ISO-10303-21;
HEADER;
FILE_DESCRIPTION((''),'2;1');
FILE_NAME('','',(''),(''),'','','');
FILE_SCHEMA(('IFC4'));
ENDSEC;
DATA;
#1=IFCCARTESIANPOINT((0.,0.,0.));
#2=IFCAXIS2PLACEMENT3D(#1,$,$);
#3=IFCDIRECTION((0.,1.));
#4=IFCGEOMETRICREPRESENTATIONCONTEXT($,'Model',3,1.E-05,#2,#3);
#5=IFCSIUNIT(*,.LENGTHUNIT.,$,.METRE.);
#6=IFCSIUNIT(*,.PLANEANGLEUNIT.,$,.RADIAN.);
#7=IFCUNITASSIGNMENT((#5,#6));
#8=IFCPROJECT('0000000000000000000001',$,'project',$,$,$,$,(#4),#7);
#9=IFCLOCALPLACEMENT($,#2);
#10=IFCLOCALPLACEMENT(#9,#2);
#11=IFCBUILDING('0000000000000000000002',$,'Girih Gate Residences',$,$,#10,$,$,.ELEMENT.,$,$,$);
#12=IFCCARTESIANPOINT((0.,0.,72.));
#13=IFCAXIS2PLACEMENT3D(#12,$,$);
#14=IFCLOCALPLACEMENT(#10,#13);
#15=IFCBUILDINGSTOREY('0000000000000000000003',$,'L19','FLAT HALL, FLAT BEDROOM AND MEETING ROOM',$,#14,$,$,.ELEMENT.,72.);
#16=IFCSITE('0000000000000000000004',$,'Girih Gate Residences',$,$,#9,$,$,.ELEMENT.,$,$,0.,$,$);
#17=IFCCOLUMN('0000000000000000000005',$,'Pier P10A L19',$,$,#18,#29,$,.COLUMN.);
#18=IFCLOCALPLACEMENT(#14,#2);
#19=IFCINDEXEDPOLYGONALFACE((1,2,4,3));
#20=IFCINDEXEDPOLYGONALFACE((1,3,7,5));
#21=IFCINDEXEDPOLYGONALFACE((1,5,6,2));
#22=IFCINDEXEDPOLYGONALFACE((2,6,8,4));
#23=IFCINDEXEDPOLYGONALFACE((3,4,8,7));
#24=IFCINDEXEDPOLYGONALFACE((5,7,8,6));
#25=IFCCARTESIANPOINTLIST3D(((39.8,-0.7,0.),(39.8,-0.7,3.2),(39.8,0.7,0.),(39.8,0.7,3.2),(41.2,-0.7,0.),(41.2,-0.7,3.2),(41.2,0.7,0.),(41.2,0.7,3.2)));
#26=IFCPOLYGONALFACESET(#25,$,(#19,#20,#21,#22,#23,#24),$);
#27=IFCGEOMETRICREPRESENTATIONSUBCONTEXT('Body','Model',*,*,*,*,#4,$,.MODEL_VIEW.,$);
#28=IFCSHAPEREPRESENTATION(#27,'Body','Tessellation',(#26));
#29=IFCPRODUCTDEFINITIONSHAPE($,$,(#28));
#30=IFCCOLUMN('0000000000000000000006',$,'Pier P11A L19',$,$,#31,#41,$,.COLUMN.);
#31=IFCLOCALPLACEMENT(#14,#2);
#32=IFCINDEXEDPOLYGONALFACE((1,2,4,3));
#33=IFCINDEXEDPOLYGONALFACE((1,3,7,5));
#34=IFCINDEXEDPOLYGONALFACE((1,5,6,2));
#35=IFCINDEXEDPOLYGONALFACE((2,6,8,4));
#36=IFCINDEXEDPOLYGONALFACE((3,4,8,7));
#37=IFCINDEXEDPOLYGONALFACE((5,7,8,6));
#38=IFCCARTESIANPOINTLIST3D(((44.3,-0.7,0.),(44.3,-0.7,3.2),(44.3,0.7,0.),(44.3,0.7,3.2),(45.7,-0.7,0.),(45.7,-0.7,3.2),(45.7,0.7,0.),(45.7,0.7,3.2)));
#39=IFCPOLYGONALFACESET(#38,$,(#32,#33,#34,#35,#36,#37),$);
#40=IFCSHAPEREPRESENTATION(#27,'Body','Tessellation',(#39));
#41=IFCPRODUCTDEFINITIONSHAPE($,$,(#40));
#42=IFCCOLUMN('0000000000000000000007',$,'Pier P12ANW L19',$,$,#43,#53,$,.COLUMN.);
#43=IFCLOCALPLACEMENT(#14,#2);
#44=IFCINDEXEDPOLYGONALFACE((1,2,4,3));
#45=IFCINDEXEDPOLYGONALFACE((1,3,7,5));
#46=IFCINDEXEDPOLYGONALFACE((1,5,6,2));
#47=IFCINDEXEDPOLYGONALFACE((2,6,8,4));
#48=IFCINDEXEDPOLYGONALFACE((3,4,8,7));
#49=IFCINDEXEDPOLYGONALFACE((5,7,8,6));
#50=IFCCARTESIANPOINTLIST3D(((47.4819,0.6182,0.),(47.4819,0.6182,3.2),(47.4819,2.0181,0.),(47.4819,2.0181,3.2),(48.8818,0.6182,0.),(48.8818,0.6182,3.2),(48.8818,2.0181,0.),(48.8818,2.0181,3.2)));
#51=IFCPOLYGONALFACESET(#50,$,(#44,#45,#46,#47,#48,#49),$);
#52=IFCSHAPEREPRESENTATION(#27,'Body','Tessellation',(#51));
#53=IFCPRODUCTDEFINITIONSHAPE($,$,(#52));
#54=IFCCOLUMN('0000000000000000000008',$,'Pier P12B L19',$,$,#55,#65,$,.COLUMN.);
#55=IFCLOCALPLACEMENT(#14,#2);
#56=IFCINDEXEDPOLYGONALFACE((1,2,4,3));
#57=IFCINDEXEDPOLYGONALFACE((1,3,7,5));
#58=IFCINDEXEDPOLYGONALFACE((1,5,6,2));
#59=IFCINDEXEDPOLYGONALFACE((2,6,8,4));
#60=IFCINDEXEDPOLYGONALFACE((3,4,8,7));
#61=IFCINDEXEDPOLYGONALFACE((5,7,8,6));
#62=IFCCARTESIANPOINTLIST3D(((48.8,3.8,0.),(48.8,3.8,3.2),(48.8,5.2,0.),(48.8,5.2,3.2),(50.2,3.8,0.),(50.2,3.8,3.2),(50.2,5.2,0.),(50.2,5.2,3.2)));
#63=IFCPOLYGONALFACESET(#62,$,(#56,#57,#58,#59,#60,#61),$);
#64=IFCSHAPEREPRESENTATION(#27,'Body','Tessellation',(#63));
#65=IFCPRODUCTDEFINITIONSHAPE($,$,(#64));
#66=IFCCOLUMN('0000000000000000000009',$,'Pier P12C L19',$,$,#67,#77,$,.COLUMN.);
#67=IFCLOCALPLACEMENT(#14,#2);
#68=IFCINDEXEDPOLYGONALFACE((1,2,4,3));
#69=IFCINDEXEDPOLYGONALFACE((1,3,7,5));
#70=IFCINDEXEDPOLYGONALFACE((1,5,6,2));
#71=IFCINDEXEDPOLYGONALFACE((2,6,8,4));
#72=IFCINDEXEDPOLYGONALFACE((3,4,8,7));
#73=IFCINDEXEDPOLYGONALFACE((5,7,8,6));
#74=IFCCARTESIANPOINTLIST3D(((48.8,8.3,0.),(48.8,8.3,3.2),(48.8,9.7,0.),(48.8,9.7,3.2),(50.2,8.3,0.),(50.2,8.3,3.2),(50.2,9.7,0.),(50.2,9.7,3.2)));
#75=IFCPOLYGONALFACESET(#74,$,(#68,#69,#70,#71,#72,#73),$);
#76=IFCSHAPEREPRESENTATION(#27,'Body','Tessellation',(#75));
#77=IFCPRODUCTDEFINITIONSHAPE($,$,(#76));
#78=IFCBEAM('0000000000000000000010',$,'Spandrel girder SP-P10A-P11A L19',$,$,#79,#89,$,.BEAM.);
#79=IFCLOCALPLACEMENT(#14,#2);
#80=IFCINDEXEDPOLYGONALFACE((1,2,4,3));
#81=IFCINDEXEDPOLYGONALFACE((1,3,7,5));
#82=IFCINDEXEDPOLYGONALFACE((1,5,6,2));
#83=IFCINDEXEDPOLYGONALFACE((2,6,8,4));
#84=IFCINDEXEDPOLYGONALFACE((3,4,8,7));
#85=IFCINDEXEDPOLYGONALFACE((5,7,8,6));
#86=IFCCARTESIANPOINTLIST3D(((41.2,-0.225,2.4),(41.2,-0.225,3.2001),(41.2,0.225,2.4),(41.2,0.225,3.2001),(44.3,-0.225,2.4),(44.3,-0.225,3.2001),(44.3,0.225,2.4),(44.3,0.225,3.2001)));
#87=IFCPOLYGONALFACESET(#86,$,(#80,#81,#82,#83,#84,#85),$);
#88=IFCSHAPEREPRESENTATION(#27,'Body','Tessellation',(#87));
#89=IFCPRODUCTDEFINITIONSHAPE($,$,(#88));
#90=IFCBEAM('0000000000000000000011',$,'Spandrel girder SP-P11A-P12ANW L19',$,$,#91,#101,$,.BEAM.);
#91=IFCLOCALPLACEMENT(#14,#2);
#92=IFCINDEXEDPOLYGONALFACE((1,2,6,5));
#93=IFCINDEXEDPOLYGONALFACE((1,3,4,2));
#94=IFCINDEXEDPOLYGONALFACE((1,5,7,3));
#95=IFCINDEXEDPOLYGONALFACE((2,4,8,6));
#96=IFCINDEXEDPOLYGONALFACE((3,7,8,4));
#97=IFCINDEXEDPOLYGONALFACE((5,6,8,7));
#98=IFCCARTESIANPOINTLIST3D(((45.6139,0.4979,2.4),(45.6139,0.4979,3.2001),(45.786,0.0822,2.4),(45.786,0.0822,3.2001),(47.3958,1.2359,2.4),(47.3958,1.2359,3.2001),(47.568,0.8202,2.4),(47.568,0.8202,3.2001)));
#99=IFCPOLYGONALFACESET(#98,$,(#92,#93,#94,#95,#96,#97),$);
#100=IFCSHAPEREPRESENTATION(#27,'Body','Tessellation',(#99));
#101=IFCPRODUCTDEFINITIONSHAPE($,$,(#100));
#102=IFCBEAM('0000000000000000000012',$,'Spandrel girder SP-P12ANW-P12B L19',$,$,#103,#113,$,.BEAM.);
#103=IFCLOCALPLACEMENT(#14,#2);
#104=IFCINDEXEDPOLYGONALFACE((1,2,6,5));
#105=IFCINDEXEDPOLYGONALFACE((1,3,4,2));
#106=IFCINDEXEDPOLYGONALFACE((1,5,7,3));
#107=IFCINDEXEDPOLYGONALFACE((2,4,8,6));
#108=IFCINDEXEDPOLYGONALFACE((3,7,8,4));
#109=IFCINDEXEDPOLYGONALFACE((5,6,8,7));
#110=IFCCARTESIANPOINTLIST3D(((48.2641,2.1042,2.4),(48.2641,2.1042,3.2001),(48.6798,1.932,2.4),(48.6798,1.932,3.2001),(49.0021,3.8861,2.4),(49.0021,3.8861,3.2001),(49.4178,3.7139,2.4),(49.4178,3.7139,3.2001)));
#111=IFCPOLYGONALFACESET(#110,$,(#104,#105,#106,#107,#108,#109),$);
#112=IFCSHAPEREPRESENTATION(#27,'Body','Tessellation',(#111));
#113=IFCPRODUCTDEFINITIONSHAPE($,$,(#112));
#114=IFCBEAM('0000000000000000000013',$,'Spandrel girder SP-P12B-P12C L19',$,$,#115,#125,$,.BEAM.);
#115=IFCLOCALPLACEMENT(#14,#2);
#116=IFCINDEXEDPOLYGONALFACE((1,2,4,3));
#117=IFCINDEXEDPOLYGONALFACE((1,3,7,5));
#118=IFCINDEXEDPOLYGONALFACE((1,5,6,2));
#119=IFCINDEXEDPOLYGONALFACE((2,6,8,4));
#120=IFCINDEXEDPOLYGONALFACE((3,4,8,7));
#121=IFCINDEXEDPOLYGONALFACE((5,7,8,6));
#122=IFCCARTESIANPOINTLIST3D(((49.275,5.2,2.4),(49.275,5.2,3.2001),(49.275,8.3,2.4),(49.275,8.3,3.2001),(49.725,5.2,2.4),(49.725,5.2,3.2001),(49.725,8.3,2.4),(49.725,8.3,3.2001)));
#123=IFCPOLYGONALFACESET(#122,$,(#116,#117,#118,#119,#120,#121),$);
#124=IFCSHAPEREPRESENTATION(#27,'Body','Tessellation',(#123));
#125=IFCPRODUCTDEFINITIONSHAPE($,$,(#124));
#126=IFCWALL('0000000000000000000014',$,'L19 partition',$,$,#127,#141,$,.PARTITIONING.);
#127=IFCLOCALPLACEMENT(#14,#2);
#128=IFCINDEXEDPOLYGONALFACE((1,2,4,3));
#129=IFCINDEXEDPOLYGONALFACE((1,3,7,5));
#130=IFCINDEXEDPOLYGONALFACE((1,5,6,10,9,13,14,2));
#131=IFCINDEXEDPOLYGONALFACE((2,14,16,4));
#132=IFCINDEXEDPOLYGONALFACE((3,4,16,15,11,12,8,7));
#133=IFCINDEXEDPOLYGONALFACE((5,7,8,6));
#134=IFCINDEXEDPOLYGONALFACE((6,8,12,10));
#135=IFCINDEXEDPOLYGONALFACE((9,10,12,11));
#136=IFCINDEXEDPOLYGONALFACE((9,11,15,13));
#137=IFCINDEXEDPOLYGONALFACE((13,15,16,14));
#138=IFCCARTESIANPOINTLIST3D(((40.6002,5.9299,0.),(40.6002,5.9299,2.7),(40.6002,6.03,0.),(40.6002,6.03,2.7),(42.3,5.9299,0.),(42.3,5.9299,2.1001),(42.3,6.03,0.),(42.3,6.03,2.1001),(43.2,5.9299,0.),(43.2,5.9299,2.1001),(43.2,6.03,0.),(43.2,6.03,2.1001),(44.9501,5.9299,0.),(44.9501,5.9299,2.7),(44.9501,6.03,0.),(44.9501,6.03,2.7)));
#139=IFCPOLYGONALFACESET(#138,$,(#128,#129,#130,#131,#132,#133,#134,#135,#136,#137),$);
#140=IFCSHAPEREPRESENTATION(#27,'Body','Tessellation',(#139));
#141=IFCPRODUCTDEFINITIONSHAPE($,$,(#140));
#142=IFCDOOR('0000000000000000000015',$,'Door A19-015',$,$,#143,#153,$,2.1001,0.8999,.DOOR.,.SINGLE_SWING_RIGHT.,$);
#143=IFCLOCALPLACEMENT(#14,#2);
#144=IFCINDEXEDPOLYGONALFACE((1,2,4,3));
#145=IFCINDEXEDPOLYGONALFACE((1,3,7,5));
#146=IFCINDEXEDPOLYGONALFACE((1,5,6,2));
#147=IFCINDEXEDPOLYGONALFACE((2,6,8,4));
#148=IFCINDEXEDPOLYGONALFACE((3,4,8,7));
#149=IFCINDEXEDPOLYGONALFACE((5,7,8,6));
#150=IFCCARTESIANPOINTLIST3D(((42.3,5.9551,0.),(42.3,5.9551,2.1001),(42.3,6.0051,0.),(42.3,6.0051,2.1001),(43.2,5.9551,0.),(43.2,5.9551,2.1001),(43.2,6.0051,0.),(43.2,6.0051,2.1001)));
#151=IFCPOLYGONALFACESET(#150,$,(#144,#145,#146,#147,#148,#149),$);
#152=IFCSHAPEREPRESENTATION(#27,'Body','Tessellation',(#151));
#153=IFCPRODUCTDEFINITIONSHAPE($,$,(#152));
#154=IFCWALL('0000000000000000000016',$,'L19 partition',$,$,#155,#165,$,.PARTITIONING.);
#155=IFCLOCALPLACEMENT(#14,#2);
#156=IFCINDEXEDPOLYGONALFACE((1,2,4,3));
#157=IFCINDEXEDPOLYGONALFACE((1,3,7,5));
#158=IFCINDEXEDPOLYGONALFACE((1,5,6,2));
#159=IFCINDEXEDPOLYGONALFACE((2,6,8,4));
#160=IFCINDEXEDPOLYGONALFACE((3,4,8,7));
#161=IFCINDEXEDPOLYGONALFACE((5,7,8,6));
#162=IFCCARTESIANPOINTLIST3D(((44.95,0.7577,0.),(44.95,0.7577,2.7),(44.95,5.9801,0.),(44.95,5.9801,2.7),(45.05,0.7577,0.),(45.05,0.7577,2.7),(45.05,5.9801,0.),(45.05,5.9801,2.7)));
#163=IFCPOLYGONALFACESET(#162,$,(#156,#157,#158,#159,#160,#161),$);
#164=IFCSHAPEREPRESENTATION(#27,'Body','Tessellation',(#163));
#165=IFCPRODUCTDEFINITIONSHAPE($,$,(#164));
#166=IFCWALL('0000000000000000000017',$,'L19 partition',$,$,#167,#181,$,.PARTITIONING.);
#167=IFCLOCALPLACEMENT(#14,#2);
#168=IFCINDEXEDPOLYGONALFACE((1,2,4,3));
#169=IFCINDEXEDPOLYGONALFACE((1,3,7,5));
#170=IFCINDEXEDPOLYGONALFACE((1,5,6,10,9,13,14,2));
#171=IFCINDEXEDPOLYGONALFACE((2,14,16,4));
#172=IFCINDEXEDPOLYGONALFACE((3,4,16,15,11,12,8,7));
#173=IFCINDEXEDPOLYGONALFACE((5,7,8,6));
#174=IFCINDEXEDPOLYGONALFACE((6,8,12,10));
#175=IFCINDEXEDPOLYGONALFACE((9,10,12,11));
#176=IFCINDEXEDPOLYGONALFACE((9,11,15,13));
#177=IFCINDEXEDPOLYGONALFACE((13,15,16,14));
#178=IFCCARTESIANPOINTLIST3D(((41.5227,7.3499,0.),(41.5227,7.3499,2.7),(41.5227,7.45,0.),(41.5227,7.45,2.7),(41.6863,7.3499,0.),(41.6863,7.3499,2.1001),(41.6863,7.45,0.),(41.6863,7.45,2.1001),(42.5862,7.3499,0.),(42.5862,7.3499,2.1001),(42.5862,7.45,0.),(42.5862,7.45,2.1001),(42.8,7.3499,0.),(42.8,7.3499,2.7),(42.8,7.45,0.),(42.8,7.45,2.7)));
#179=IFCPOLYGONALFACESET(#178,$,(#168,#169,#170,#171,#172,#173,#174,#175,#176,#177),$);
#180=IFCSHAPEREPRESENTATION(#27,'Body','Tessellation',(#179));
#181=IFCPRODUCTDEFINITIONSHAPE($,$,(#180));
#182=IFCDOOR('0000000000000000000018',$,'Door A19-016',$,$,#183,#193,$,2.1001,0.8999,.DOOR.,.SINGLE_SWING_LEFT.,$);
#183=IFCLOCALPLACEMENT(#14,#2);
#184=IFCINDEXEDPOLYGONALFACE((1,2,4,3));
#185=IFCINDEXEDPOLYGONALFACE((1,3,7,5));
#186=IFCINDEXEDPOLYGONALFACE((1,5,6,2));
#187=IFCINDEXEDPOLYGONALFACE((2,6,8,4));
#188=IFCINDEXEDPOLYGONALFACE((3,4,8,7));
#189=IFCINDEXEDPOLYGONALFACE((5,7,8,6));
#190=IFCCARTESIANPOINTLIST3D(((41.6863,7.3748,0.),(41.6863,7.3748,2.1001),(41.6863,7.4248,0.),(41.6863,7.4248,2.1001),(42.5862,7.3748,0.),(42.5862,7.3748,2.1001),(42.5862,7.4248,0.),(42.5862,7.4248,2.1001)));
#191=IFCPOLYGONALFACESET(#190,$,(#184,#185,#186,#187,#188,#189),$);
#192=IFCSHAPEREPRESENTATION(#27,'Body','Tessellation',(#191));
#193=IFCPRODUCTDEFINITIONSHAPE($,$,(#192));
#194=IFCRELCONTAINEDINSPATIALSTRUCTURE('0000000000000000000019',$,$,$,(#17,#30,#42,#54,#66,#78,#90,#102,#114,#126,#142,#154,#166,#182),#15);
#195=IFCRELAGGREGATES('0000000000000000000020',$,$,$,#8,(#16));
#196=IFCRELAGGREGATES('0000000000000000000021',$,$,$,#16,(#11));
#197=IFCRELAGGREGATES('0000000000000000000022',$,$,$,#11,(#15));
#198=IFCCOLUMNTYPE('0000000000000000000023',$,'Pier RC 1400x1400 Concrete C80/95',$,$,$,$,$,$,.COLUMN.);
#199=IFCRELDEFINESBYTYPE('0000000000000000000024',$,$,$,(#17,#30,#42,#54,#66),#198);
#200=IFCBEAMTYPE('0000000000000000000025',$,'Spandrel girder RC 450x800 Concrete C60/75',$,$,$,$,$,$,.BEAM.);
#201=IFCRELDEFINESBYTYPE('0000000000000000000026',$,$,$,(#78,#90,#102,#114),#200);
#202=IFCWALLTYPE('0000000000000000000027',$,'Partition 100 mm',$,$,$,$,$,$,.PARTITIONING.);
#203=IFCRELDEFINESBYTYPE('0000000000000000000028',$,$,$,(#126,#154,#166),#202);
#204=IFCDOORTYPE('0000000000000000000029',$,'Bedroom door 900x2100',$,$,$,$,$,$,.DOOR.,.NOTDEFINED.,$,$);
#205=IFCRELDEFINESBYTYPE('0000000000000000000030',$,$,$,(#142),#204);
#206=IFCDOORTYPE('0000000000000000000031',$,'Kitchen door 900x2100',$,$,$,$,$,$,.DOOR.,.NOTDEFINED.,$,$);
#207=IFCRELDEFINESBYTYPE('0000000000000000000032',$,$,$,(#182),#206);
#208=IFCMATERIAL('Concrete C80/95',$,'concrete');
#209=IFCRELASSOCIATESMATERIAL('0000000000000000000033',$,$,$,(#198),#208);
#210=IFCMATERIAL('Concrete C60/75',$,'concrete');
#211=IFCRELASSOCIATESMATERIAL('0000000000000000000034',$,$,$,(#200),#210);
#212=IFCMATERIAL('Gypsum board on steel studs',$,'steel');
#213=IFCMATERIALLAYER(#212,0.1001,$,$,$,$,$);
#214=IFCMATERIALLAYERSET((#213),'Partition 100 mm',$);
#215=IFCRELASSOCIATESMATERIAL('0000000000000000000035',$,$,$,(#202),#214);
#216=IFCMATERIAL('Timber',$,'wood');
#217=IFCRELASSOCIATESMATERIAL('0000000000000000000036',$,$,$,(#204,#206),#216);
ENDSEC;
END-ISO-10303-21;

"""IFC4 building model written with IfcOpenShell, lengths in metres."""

from ifc_helpers import new_model, si_unit, direction, frame, frame_2d, origin, origin_2d, place, context, subcontext, project, spatial, rectangle, extrude, material, layer, layer_set, material_profile, profile_set, type_object, element, fill, save


model = new_model("IFC4")

# Units and contexts
model_context = context("Model", 3, precision=1e-05, world=origin(), true_north=direction((0.0, 1.0)))
body_context = subcontext(model_context, "Body", "Model", "MODEL_VIEW")
ifc_project = project(units=[si_unit("LENGTHUNIT", "METRE"), si_unit("PLANEANGLEUNIT", "RADIAN")], contexts=[model_context])

# Site, building, storey
site_placement = place(None, origin())
site = spatial("IfcSite", under=ifc_project, at=site_placement, Name="Girih Gate Residences", CompositionType="ELEMENT", RefElevation=0.0)
building_placement = place(site_placement, origin())
building = spatial("IfcBuilding", under=site, at=building_placement, Name="Girih Gate Residences", CompositionType="ELEMENT")
storey_placement = place(building_placement, frame((0.0, 0.0, 72.0)))
storey = spatial("IfcBuildingStorey", under=building, at=storey_placement, Name="L19", Description="FLAT HALL, FLAT BEDROOM AND MEETING ROOM", CompositionType="ELEMENT", Elevation=72.0)

# Columns
ifc_material_1 = material(Name="Concrete C80/95", Category="concrete")
ifc_material_profile_1 = material_profile(ifc_material_1, rectangle(XDim=1.3999, YDim=1.3999, at=origin_2d()))
ifc_profile_set_1 = profile_set([ifc_material_profile_1], Name="Concrete C80/95")
column_type = type_object("IfcColumnType", Name="Pier RC 1400x1400 Concrete C80/95", PredefinedType="COLUMN", material=ifc_profile_set_1)
for number, where, z_axis, x_axis, name in (
    (1, (40.5, 0.0, 0.0), (0.0, 0.0, 1.0), (1.0, 0.0, 0.0), "Pier P10A L19"),
    (2, (45.0, 0.0, 0.0), (0.0, 0.0, 1.0), (1.0, 0.0, 0.0), "Pier P11A L19"),
    (3, (48.1819, 1.3181, 0.0), (0.0, 0.0, 1.0), (1.0, 0.0, 0.0), "Pier P12ANW L19"),
    (4, (49.5, 4.5, 0.0), (0.0, 0.0, 1.0), (1.0, 0.0, 0.0), "Pier P12B L19"),
    (5, (49.5, 9.0, 0.0), (0.0, 0.0, 1.0), (1.0, 0.0, 0.0), "Pier P12C L19"),
):
    element("IfcColumn", number, at=place(storey_placement, frame(where, z_axis=z_axis, x_axis=x_axis)), inside=storey, type_object=column_type, Name=name, PredefinedType="COLUMN", context=body_context, shape_type="SweptSolid", body=[
        extrude(rectangle(XDim=1.3999, YDim=1.3999, at=origin_2d()), origin(), (0.0, 0.0, 1.0), 3.2),
    ])

# Beams
ifc_material_2 = material(Name="Concrete C60/75", Category="concrete")
ifc_material_profile_2 = material_profile(ifc_material_2, rectangle(XDim=0.45, YDim=0.8, at=origin_2d()))
ifc_profile_set_2 = profile_set([ifc_material_profile_2], Name="Concrete C60/75")
beam_type = type_object("IfcBeamType", Name="Spandrel girder RC 450x800 Concrete C60/75", PredefinedType="BEAM", material=ifc_profile_set_2)
beam_1_placement = place(storey_placement, frame((41.2, 0.0, 2.8), z_axis=(1.0, 0.0, 0.0), x_axis=(0.0, 1.0, 0.0)))
element("IfcBeam", 6, at=beam_1_placement, inside=storey, type_object=beam_type, Name="Spandrel girder SP-P10A-P11A L19", PredefinedType="BEAM", context=body_context, shape_type="SweptSolid", body=[
    extrude(rectangle(XDim=0.45, YDim=0.8, at=origin_2d()), origin(), (0.0, 0.0, 1.0), 3.1001),
])
for number, where, z_axis, x_axis, name in (
    (7, (45.7, 0.29, 2.8), (0.923895, 0.382646, 0.0), (-0.382646, 0.923895, 0.0), "Spandrel girder SP-P11A-P12ANW L19"),
    (8, (48.4719, 2.0181, 2.8), (0.382646, 0.923895, 0.0), (-0.923895, 0.382646, 0.0), "Spandrel girder SP-P12ANW-P12B L19"),
):
    element("IfcBeam", number, at=place(storey_placement, frame(where, z_axis=z_axis, x_axis=x_axis)), inside=storey, type_object=beam_type, Name=name, PredefinedType="BEAM", context=body_context, shape_type="SweptSolid", body=[
        extrude(rectangle(XDim=0.45, YDim=0.8, at=origin_2d()), origin(), (0.0, 0.0, 1.0), 1.9287),
    ])
beam_2_placement = place(storey_placement, frame((49.5, 5.2, 2.8), z_axis=(0.0, 1.0, 0.0), x_axis=(-1.0, 0.0, 0.0)))
element("IfcBeam", 9, at=beam_2_placement, inside=storey, type_object=beam_type, Name="Spandrel girder SP-P12B-P12C L19", PredefinedType="BEAM", context=body_context, shape_type="SweptSolid", body=[
    extrude(rectangle(XDim=0.45, YDim=0.8, at=origin_2d()), origin(), (0.0, 0.0, 1.0), 3.1001),
])

# Wall, opening, door
ifc_material_3 = material(Name="Gypsum board on steel studs", Category="steel")
ifc_layer_1 = layer(ifc_material_3, 0.1001)
ifc_layer_set_1 = layer_set([ifc_layer_1], Name="Partition 100 mm")
wall_type_1 = type_object("IfcWallType", Name="Partition 100 mm", PredefinedType="PARTITIONING", material=ifc_layer_set_1)
wall_1_placement = place(storey_placement, frame((44.95, 5.98, 0.0), z_axis=(0.0, 0.0, 1.0), x_axis=(-1.0, 0.0, 0.0)))
wall_1 = element("IfcWall", 10, at=wall_1_placement, inside=storey, type_object=wall_type_1, Name="L19 partition", PredefinedType="PARTITIONING", context=body_context, shape_type="SweptSolid", body=[
    extrude(rectangle(XDim=4.3499, YDim=0.1001, at=frame_2d((2.1748, 0.0))), origin(), (0.0, 0.0, 1.0), 2.7),
])
opening_1_placement = place(wall_1_placement, frame((1.75, 0.0, 0.0)))
opening_1 = element("IfcOpeningElement", 11, at=opening_1_placement, cuts=wall_1, PredefinedType="OPENING", context=body_context, shape_type="SweptSolid", body=[
    extrude(rectangle(XDim=0.8999, YDim=2.1001, at=frame_2d((0.45, 1.05))), frame((0.0, 0.0601, 0.0), z_axis=(0.0, -1.0, 0.0), x_axis=(1.0, 0.0, 0.0)), (0.0, 0.0, 1.0), 0.1201),
])
ifc_material_4 = material(Name="Timber", Category="wood")
door_type_1 = type_object("IfcDoorType", Name="Bedroom door 900x2100", OperationType="NOTDEFINED", PredefinedType="DOOR", material=ifc_material_4)
door_1_placement = place(opening_1_placement, origin())
door_1 = element("IfcDoor", 12, at=door_1_placement, inside=storey, type_object=door_type_1, Name="Door A19-015", OperationType="SINGLE_SWING_RIGHT", OverallHeight=2.1001, OverallWidth=0.8999, PredefinedType="DOOR", context=body_context, shape_type="SweptSolid", body=[
    extrude(rectangle(XDim=0.8999, YDim=2.1001, at=frame_2d((0.45, 1.05))), frame((0.0, 0.0249, 0.0), z_axis=(0.0, -1.0, 0.0), x_axis=(1.0, 0.0, 0.0)), (0.0, 0.0, 1.0), 0.05),
])
fill(opening_1, door_1)

# Wall
wall_2_placement = place(storey_placement, frame((45.0, 0.7576, 0.0), z_axis=(0.0, 0.0, 1.0), x_axis=(0.0, 1.0, 0.0)))
element("IfcWall", 13, at=wall_2_placement, inside=storey, type_object=wall_type_1, Name="L19 partition", PredefinedType="PARTITIONING", context=body_context, shape_type="SweptSolid", body=[
    extrude(rectangle(XDim=5.2224, YDim=0.1001, at=frame_2d((2.6113, 0.0))), origin(), (0.0, 0.0, 1.0), 2.7),
])

# Wall, opening, door
wall_3_placement = place(storey_placement, frame((41.5227, 7.3999, 0.0), z_axis=(0.0, 0.0, 1.0), x_axis=(1.0, 0.0, 0.0)))
wall_3 = element("IfcWall", 14, at=wall_3_placement, inside=storey, type_object=wall_type_1, Name="L19 partition", PredefinedType="PARTITIONING", context=body_context, shape_type="SweptSolid", body=[
    extrude(rectangle(XDim=1.2773, YDim=0.1001, at=frame_2d((0.6387, 0.0))), origin(), (0.0, 0.0, 1.0), 2.7),
])
opening_2_placement = place(wall_3_placement, frame((0.1636, 0.0, 0.0)))
opening_2 = element("IfcOpeningElement", 15, at=opening_2_placement, cuts=wall_3, PredefinedType="OPENING", context=body_context, shape_type="SweptSolid", body=[
    extrude(rectangle(XDim=0.8999, YDim=2.1001, at=frame_2d((0.45, 1.05))), frame((0.0, 0.0601, 0.0), z_axis=(0.0, -1.0, 0.0), x_axis=(1.0, 0.0, 0.0)), (0.0, 0.0, 1.0), 0.1201),
])
door_type_2 = type_object("IfcDoorType", Name="Kitchen door 900x2100", OperationType="NOTDEFINED", PredefinedType="DOOR", material=ifc_material_4)
door_2_placement = place(opening_2_placement, origin())
door_2 = element("IfcDoor", 16, at=door_2_placement, inside=storey, type_object=door_type_2, Name="Door A19-016", OperationType="SINGLE_SWING_LEFT", OverallHeight=2.1001, OverallWidth=0.8999, PredefinedType="DOOR", context=body_context, shape_type="SweptSolid", body=[
    extrude(rectangle(XDim=0.8999, YDim=2.1001, at=frame_2d((0.45, 1.05))), frame((0.0, 0.0249, 0.0), z_axis=(0.0, -1.0, 0.0), x_axis=(1.0, 0.0, 0.0)), (0.0, 0.0, 1.0), 0.05),
])
fill(opening_2, door_2)

save(model, "model.ifc")
